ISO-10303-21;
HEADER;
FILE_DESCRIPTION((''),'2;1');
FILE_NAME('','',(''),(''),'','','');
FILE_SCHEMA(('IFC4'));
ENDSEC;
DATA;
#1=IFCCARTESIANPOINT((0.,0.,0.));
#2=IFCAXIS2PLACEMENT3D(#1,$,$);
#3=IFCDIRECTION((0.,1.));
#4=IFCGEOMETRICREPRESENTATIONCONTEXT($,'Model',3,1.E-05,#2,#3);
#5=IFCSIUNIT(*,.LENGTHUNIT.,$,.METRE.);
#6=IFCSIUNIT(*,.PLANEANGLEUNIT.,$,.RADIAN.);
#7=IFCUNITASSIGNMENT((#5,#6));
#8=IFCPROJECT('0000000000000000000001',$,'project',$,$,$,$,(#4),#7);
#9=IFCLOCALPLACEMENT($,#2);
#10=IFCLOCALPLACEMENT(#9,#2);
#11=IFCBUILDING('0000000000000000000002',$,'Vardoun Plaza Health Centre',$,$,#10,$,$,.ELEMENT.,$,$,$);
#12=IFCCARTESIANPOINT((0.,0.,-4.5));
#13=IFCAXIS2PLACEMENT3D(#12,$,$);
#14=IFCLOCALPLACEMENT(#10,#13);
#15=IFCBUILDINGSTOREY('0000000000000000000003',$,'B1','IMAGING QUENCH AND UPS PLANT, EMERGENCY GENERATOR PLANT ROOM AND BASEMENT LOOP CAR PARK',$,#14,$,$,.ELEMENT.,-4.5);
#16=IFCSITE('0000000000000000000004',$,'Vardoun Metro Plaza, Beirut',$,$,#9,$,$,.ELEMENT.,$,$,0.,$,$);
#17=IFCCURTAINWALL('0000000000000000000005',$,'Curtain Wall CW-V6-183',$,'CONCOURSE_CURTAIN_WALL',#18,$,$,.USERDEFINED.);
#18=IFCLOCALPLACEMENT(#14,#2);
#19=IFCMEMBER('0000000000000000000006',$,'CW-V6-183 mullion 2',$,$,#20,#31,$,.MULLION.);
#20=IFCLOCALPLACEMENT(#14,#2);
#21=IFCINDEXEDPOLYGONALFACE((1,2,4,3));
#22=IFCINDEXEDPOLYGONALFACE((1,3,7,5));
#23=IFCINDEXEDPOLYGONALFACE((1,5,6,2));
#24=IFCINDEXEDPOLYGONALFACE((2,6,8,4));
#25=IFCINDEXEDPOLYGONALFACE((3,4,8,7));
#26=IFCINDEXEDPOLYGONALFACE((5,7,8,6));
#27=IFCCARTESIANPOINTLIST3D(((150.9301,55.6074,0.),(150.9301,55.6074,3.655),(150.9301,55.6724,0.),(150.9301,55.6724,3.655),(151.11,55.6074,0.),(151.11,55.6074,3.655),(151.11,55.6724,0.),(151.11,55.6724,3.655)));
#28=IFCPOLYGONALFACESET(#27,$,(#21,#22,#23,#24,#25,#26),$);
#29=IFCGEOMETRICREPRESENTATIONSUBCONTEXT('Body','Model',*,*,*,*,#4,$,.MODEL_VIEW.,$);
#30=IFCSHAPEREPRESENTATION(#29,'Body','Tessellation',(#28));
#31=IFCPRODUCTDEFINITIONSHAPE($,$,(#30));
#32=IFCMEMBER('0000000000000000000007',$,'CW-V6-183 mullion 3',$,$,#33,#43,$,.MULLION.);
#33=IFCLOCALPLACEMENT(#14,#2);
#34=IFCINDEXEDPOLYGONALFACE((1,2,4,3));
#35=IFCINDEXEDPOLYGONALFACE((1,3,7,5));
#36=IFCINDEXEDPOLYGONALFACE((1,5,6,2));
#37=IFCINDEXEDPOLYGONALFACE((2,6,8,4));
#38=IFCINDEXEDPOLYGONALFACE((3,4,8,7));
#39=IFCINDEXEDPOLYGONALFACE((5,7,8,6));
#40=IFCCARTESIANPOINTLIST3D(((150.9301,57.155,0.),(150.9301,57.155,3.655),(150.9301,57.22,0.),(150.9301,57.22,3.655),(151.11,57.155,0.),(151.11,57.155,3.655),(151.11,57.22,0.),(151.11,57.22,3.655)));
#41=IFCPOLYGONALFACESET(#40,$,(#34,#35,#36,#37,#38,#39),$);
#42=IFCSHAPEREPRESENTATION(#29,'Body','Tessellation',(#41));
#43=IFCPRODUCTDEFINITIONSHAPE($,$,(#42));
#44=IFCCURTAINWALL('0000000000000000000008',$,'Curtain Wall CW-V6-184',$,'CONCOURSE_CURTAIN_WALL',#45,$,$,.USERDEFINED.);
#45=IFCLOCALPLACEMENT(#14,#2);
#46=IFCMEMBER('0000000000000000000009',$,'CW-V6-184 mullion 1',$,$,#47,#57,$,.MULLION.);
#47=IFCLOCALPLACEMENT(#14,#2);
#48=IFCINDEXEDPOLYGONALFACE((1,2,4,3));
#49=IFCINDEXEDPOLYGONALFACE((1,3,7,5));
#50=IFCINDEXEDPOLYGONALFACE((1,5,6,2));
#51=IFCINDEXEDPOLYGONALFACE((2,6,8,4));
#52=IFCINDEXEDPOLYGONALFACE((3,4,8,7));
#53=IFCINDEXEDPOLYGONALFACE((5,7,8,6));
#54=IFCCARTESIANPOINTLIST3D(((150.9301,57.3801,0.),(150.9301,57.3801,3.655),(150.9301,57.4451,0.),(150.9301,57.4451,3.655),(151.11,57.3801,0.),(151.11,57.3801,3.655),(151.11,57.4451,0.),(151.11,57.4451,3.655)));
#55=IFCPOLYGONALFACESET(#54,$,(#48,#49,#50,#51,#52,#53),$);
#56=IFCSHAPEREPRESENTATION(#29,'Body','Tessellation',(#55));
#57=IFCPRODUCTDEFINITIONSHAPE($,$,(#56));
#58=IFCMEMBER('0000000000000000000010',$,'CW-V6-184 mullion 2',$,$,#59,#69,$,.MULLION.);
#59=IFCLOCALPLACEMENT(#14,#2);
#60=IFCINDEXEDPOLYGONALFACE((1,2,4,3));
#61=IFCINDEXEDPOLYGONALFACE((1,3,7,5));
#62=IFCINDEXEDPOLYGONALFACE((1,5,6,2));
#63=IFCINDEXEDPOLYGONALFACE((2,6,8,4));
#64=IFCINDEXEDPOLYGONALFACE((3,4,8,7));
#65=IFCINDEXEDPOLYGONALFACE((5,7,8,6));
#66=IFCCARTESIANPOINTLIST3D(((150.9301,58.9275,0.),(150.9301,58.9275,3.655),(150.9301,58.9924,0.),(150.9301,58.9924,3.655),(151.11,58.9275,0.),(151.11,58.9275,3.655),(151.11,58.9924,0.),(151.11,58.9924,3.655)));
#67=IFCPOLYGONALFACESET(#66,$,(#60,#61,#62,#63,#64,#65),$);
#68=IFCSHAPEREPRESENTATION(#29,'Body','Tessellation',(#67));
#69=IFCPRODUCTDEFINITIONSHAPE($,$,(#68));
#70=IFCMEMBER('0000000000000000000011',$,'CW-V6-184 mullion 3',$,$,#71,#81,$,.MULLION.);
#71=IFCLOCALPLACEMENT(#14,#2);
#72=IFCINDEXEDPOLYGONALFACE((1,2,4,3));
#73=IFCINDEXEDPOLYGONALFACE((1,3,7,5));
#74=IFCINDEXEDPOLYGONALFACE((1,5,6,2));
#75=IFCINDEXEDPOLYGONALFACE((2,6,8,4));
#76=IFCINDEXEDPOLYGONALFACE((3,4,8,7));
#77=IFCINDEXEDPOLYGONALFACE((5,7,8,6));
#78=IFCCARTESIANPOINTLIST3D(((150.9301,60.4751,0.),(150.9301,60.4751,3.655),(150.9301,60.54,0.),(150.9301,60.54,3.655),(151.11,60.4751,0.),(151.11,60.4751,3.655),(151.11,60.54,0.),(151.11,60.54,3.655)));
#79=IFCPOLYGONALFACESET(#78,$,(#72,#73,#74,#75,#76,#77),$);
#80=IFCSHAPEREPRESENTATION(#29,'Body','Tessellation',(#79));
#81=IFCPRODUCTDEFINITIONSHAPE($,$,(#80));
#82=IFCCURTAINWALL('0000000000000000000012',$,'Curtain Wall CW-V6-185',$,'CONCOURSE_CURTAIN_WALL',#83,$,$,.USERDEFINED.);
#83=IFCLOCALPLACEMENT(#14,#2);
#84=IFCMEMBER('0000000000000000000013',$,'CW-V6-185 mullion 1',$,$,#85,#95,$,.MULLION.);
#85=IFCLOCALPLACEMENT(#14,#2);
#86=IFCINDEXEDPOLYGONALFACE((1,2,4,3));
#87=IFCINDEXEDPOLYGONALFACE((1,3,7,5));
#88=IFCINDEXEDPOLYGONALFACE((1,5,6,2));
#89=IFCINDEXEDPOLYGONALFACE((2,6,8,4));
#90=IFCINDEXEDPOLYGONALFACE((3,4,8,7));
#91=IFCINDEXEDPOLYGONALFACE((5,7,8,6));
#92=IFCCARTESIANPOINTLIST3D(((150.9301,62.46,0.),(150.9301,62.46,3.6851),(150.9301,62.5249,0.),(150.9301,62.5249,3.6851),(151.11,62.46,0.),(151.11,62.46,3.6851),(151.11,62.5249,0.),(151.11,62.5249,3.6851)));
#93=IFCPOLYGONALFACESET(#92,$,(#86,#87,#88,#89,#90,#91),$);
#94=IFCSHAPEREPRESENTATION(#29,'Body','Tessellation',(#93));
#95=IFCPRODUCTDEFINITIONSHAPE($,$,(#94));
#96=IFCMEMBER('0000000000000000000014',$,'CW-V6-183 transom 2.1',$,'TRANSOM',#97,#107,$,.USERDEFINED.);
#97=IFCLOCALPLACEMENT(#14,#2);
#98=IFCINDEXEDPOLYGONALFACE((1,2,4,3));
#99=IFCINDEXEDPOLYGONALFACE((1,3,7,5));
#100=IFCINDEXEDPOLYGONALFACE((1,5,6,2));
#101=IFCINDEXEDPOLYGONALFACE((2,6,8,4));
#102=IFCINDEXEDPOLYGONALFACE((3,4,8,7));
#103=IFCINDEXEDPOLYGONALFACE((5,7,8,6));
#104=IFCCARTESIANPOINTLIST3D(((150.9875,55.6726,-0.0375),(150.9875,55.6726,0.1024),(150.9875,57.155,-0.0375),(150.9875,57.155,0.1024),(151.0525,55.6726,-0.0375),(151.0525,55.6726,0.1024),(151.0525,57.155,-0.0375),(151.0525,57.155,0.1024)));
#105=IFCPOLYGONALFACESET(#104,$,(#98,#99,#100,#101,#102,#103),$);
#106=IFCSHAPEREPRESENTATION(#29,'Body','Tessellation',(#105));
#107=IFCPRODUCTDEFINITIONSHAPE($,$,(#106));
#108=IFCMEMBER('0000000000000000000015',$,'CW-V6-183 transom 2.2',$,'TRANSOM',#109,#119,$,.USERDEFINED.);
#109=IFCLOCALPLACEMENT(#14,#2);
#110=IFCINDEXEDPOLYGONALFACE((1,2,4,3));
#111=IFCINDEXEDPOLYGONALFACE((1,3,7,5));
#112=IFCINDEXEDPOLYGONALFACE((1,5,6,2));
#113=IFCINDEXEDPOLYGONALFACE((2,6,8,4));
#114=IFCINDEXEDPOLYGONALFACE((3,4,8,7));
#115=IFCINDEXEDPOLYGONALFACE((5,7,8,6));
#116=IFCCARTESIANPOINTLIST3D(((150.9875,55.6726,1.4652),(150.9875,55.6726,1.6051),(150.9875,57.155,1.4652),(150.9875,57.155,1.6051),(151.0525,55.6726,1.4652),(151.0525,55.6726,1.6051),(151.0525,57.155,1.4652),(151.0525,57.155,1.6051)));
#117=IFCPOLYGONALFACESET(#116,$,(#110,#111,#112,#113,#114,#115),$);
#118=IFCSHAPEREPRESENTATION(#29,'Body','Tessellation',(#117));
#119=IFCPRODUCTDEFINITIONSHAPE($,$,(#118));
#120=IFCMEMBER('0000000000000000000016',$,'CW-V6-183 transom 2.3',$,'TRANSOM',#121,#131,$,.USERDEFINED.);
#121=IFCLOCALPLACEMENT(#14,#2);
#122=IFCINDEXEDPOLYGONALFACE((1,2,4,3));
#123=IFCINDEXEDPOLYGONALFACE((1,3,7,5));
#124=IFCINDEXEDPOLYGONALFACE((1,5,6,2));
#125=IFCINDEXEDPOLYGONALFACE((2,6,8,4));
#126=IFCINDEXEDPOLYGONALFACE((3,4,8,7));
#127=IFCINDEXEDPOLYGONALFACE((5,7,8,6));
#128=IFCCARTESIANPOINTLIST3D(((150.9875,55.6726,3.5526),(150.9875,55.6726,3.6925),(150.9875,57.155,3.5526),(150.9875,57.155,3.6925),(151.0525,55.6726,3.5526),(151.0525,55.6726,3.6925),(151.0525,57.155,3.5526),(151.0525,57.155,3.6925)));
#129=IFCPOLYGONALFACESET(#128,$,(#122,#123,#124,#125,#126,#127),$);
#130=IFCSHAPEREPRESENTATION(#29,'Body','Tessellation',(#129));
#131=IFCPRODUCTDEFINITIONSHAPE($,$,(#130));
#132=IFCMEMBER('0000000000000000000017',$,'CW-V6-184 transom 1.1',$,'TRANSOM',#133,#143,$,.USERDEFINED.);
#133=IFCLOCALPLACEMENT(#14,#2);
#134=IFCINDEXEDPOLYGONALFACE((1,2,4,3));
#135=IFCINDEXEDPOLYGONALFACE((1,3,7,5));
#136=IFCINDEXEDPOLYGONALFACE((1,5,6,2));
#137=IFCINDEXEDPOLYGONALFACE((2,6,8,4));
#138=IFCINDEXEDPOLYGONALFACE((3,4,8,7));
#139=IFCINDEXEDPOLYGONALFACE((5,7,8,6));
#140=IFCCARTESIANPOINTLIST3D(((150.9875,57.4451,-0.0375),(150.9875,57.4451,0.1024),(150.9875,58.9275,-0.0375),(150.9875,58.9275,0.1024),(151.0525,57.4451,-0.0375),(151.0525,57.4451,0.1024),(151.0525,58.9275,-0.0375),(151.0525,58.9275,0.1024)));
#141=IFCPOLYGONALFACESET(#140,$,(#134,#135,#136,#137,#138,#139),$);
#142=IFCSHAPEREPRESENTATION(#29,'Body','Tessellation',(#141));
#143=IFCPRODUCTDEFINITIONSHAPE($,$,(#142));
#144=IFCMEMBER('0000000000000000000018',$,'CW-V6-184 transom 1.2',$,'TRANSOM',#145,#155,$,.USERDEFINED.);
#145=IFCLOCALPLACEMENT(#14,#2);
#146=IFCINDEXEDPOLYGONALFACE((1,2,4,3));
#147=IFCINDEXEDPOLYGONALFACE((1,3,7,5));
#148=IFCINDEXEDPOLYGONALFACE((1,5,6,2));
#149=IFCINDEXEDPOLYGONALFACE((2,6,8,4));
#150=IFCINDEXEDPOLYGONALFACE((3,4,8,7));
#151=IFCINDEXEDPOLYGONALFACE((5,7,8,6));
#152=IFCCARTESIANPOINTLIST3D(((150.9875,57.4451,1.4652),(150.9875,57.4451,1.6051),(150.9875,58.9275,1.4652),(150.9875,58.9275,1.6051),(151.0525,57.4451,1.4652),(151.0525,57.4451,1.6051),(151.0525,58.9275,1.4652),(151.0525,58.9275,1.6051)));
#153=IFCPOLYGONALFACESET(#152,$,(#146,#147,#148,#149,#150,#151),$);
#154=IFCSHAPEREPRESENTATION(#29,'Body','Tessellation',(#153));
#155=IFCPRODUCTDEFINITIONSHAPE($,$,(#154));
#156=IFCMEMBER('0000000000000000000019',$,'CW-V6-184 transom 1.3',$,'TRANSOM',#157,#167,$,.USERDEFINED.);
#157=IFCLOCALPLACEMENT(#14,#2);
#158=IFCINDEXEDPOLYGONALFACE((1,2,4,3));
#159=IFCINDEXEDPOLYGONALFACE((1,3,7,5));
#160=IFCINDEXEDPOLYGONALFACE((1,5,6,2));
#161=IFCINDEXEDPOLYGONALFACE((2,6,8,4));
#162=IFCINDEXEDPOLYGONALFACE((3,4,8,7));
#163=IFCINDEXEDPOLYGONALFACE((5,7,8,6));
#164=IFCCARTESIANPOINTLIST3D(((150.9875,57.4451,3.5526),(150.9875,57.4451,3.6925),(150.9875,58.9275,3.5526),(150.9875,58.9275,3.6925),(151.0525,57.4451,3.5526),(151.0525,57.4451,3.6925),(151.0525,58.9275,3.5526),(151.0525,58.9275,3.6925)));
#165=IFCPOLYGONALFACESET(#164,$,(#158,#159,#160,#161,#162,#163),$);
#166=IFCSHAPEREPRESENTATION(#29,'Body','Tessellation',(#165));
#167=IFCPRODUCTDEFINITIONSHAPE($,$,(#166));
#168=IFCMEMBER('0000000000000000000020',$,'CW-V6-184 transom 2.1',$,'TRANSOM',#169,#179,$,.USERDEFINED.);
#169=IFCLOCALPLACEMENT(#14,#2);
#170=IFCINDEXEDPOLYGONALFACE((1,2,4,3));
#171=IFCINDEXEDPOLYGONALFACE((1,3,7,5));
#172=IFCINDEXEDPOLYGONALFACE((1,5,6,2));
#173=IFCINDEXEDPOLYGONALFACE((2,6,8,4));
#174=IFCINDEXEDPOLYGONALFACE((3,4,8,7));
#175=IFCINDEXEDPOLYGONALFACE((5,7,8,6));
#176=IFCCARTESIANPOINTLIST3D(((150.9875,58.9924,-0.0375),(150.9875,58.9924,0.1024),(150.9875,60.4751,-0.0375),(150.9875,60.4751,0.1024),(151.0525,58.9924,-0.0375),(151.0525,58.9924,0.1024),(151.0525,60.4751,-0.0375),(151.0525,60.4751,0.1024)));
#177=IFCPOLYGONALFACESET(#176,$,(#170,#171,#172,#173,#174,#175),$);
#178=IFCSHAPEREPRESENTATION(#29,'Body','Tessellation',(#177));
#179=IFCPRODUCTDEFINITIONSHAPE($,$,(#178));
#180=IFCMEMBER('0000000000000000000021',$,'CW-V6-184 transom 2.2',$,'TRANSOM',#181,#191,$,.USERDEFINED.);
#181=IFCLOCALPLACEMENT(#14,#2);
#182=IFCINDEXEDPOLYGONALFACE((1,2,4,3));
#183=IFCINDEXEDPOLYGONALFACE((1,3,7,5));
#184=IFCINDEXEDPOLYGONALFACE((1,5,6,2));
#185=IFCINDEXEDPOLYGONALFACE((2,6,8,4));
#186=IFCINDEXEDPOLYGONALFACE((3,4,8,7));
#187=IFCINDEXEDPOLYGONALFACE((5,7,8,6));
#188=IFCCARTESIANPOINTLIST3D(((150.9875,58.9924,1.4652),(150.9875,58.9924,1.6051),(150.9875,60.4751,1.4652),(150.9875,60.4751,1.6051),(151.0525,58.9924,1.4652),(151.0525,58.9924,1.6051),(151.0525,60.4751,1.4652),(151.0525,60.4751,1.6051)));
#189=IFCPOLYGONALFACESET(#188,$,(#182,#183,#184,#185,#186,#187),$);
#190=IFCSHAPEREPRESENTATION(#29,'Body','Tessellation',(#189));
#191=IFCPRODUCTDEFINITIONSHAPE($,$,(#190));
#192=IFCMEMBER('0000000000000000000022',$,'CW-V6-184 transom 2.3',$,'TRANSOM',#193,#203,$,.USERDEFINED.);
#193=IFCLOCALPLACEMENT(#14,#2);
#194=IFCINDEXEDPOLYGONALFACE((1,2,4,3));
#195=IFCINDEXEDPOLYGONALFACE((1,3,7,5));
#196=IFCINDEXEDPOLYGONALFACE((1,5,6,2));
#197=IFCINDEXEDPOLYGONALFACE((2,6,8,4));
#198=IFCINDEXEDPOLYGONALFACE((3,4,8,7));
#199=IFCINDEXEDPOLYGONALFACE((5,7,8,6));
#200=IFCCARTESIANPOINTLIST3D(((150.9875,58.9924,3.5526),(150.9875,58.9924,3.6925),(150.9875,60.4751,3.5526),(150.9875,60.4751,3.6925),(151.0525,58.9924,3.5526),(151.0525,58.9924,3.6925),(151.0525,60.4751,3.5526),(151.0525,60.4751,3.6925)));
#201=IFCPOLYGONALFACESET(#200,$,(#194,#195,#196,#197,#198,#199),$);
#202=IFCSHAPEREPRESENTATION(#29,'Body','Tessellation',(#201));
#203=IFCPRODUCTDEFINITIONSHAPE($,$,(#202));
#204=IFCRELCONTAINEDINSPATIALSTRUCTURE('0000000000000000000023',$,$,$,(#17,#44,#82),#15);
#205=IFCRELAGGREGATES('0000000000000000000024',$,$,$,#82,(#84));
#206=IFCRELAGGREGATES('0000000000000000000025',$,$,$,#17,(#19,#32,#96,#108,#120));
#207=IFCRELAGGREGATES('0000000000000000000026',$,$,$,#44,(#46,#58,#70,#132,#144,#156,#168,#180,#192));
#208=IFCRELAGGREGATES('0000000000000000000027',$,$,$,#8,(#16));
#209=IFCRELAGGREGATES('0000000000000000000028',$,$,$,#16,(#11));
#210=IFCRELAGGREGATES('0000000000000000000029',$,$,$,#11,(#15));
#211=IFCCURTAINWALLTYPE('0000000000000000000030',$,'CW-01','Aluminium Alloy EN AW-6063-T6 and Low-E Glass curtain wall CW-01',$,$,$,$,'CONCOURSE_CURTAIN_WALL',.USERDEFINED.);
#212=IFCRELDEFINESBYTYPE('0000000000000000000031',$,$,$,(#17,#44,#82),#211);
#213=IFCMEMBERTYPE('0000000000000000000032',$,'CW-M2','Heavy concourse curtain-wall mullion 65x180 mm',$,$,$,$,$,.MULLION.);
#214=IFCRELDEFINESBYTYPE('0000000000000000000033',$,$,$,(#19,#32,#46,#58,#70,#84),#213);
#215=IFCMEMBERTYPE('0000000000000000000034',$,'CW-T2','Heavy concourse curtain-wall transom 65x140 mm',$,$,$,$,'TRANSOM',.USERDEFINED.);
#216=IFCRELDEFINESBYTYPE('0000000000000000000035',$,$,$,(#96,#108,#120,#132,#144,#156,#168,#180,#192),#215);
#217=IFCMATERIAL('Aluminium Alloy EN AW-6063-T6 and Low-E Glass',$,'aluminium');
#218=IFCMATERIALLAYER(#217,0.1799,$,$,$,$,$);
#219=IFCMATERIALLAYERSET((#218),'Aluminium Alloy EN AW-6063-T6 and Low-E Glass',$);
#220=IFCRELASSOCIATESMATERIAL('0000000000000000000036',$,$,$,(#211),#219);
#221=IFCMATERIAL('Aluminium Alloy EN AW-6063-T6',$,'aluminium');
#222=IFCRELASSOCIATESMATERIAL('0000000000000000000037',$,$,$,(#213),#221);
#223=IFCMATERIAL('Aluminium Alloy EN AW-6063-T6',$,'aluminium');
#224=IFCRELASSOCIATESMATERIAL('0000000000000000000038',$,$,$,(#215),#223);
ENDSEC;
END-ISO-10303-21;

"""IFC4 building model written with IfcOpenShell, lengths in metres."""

from ifc_helpers import new_model, si_unit, direction, frame, origin, origin_2d, place, context, subcontext, project, spatial, rectangle, extrude, material, layer, layer_set, material_profile, profile_set, type_object, element, aggregate, save


model = new_model("IFC4")

# Units and contexts
model_context = context("Model", 3, precision=1e-05, world=origin(), true_north=direction((0.0, 1.0)))
body_context = subcontext(model_context, "Body", "Model", "MODEL_VIEW")
ifc_project = project(units=[si_unit("LENGTHUNIT", "METRE"), si_unit("PLANEANGLEUNIT", "RADIAN")], contexts=[model_context])

# Site, building, storey
site_placement = place(None, origin())
site = spatial("IfcSite", under=ifc_project, at=site_placement, Name="Vardoun Metro Plaza, Beirut", CompositionType="ELEMENT", RefElevation=0.0)
building_placement = place(site_placement, origin())
building = spatial("IfcBuilding", under=site, at=building_placement, Name="Vardoun Plaza Health Centre", CompositionType="ELEMENT")
storey_placement = place(building_placement, frame((0.0, 0.0, -4.5)))
storey = spatial("IfcBuildingStorey", under=building, at=storey_placement, Name="B1", Description="IMAGING QUENCH AND UPS PLANT, EMERGENCY GENERATOR PLANT ROOM AND BASEMENT LOOP CAR PARK", CompositionType="ELEMENT", Elevation=-4.5)

# Curtain walls, members
ifc_material_1 = material(Name="Aluminium Alloy EN AW-6063-T6 and Low-E Glass", Category="aluminium")
ifc_layer_1 = layer(ifc_material_1, 0.1799)
ifc_layer_set_1 = layer_set([ifc_layer_1], Name="Aluminium Alloy EN AW-6063-T6 and Low-E Glass")
curtain_wall_type = type_object("IfcCurtainWallType", Name="CW-01", Description="Aluminium Alloy EN AW-6063-T6 and Low-E Glass curtain wall CW-01", ElementType="CONCOURSE_CURTAIN_WALL", PredefinedType="USERDEFINED", material=ifc_layer_set_1)
curtain_wall_1_placement = place(storey_placement, origin())
curtain_wall_1 = element("IfcCurtainWall", 1, at=curtain_wall_1_placement, inside=storey, type_object=curtain_wall_type, Name="Curtain Wall CW-V6-183", ObjectType="CONCOURSE_CURTAIN_WALL", PredefinedType="USERDEFINED")
ifc_material_2 = material(Name="Aluminium Alloy EN AW-6063-T6", Category="aluminium")
ifc_material_profile_1 = material_profile(ifc_material_2, rectangle(XDim=0.1799, YDim=0.0649, at=origin_2d()), Name="CWM 65x180")
ifc_profile_set_1 = profile_set([ifc_material_profile_1], Name="Aluminium Alloy EN AW-6063-T6")
member_type_1 = type_object("IfcMemberType", Name="CW-M2", Description="Heavy concourse curtain-wall mullion 65x180 mm", PredefinedType="MULLION", material=ifc_profile_set_1)
member_1_placement = place(storey_placement, frame((151.02, 55.6399, 0.0), z_axis=(0.0, 0.0, 1.0), x_axis=(-1.0, 0.0, 0.0)))
member_1 = element("IfcMember", 2, at=member_1_placement, type_object=member_type_1, Name="CW-V6-183 mullion 2", PredefinedType="MULLION", context=body_context, shape_type="SweptSolid", body=[
    extrude(rectangle(XDim=0.1799, YDim=0.0649, at=origin_2d()), origin(), (0.0, 0.0, 1.0), 3.655),
])
member_2_placement = place(storey_placement, frame((151.02, 57.1875, 0.0), z_axis=(0.0, 0.0, 1.0), x_axis=(-1.0, 0.0, 0.0)))
member_2 = element("IfcMember", 3, at=member_2_placement, type_object=member_type_1, Name="CW-V6-183 mullion 3", PredefinedType="MULLION", context=body_context, shape_type="SweptSolid", body=[
    extrude(rectangle(XDim=0.1799, YDim=0.0649, at=origin_2d()), origin(), (0.0, 0.0, 1.0), 3.655),
])
curtain_wall_2_placement = place(storey_placement, origin())
curtain_wall_2 = element("IfcCurtainWall", 4, at=curtain_wall_2_placement, inside=storey, type_object=curtain_wall_type, Name="Curtain Wall CW-V6-184", ObjectType="CONCOURSE_CURTAIN_WALL", PredefinedType="USERDEFINED")
member_3_placement = place(storey_placement, frame((151.02, 57.4126, 0.0), z_axis=(0.0, 0.0, 1.0), x_axis=(-1.0, 0.0, 0.0)))
member_3 = element("IfcMember", 5, at=member_3_placement, type_object=member_type_1, Name="CW-V6-184 mullion 1", PredefinedType="MULLION", context=body_context, shape_type="SweptSolid", body=[
    extrude(rectangle(XDim=0.1799, YDim=0.0649, at=origin_2d()), origin(), (0.0, 0.0, 1.0), 3.655),
])
member_4_placement = place(storey_placement, frame((151.02, 58.96, 0.0), z_axis=(0.0, 0.0, 1.0), x_axis=(-1.0, 0.0, 0.0)))
member_4 = element("IfcMember", 6, at=member_4_placement, type_object=member_type_1, Name="CW-V6-184 mullion 2", PredefinedType="MULLION", context=body_context, shape_type="SweptSolid", body=[
    extrude(rectangle(XDim=0.1799, YDim=0.0649, at=origin_2d()), origin(), (0.0, 0.0, 1.0), 3.655),
])
member_5_placement = place(storey_placement, frame((151.02, 60.5076, 0.0), z_axis=(0.0, 0.0, 1.0), x_axis=(-1.0, 0.0, 0.0)))
member_5 = element("IfcMember", 7, at=member_5_placement, type_object=member_type_1, Name="CW-V6-184 mullion 3", PredefinedType="MULLION", context=body_context, shape_type="SweptSolid", body=[
    extrude(rectangle(XDim=0.1799, YDim=0.0649, at=origin_2d()), origin(), (0.0, 0.0, 1.0), 3.655),
])

# Curtain wall, member
curtain_wall_3_placement = place(storey_placement, origin())
curtain_wall_3 = element("IfcCurtainWall", 8, at=curtain_wall_3_placement, inside=storey, type_object=curtain_wall_type, Name="Curtain Wall CW-V6-185", ObjectType="CONCOURSE_CURTAIN_WALL", PredefinedType="USERDEFINED")
member_6_placement = place(storey_placement, frame((151.02, 62.4924, 0.0), z_axis=(0.0, 0.0, 1.0), x_axis=(-1.0, 0.0, 0.0)))
member_6 = element("IfcMember", 9, at=member_6_placement, type_object=member_type_1, Name="CW-V6-185 mullion 1", PredefinedType="MULLION", context=body_context, shape_type="SweptSolid", body=[
    extrude(rectangle(XDim=0.1799, YDim=0.0649, at=origin_2d()), origin(), (0.0, 0.0, 1.0), 3.6851),
])

# Members
ifc_material_3 = material(Name="Aluminium Alloy EN AW-6063-T6", Category="aluminium")
ifc_material_profile_2 = material_profile(ifc_material_3, rectangle(XDim=0.0649, YDim=0.1399, at=origin_2d()), Name="CWT 65x140")
ifc_profile_set_2 = profile_set([ifc_material_profile_2], Name="Aluminium Alloy EN AW-6063-T6")
member_type_2 = type_object("IfcMemberType", Name="CW-T2", Description="Heavy concourse curtain-wall transom 65x140 mm", ElementType="TRANSOM", PredefinedType="USERDEFINED", material=ifc_profile_set_2)
member_7_placement = place(storey_placement, frame((151.02, 55.6726, 0.0325), z_axis=(0.0, 1.0, 0.0), x_axis=(-1.0, 0.0, 0.0)))
member_7 = element("IfcMember", 10, at=member_7_placement, type_object=member_type_2, Name="CW-V6-183 transom 2.1", ObjectType="TRANSOM", PredefinedType="USERDEFINED", context=body_context, shape_type="SweptSolid", body=[
    extrude(rectangle(XDim=0.0649, YDim=0.1399, at=origin_2d()), origin(), (0.0, 0.0, 1.0), 1.4824),
])
member_8_placement = place(storey_placement, frame((151.02, 55.6726, 1.5352), z_axis=(0.0, 1.0, 0.0), x_axis=(-1.0, 0.0, 0.0)))
member_8 = element("IfcMember", 11, at=member_8_placement, type_object=member_type_2, Name="CW-V6-183 transom 2.2", ObjectType="TRANSOM", PredefinedType="USERDEFINED", context=body_context, shape_type="SweptSolid", body=[
    extrude(rectangle(XDim=0.0649, YDim=0.1399, at=origin_2d()), origin(), (0.0, 0.0, 1.0), 1.4824),
])
member_9_placement = place(storey_placement, frame((151.02, 55.6726, 3.6226), z_axis=(0.0, 1.0, 0.0), x_axis=(-1.0, 0.0, 0.0)))
member_9 = element("IfcMember", 12, at=member_9_placement, type_object=member_type_2, Name="CW-V6-183 transom 2.3", ObjectType="TRANSOM", PredefinedType="USERDEFINED", context=body_context, shape_type="SweptSolid", body=[
    extrude(rectangle(XDim=0.0649, YDim=0.1399, at=origin_2d()), origin(), (0.0, 0.0, 1.0), 1.4824),
])
member_10_placement = place(storey_placement, frame((151.02, 57.4451, 0.0325), z_axis=(0.0, 1.0, 0.0), x_axis=(-1.0, 0.0, 0.0)))
member_10 = element("IfcMember", 13, at=member_10_placement, type_object=member_type_2, Name="CW-V6-184 transom 1.1", ObjectType="TRANSOM", PredefinedType="USERDEFINED", context=body_context, shape_type="SweptSolid", body=[
    extrude(rectangle(XDim=0.0649, YDim=0.1399, at=origin_2d()), origin(), (0.0, 0.0, 1.0), 1.4824),
])
member_11_placement = place(storey_placement, frame((151.02, 57.4451, 1.5352), z_axis=(0.0, 1.0, 0.0), x_axis=(-1.0, 0.0, 0.0)))
member_11 = element("IfcMember", 14, at=member_11_placement, type_object=member_type_2, Name="CW-V6-184 transom 1.2", ObjectType="TRANSOM", PredefinedType="USERDEFINED", context=body_context, shape_type="SweptSolid", body=[
    extrude(rectangle(XDim=0.0649, YDim=0.1399, at=origin_2d()), origin(), (0.0, 0.0, 1.0), 1.4824),
])
member_12_placement = place(storey_placement, frame((151.02, 57.4451, 3.6226), z_axis=(0.0, 1.0, 0.0), x_axis=(-1.0, 0.0, 0.0)))
member_12 = element("IfcMember", 15, at=member_12_placement, type_object=member_type_2, Name="CW-V6-184 transom 1.3", ObjectType="TRANSOM", PredefinedType="USERDEFINED", context=body_context, shape_type="SweptSolid", body=[
    extrude(rectangle(XDim=0.0649, YDim=0.1399, at=origin_2d()), origin(), (0.0, 0.0, 1.0), 1.4824),
])
member_13_placement = place(storey_placement, frame((151.02, 58.9924, 0.0325), z_axis=(0.0, 1.0, 0.0), x_axis=(-1.0, 0.0, 0.0)))
member_13 = element("IfcMember", 16, at=member_13_placement, type_object=member_type_2, Name="CW-V6-184 transom 2.1", ObjectType="TRANSOM", PredefinedType="USERDEFINED", context=body_context, shape_type="SweptSolid", body=[
    extrude(rectangle(XDim=0.0649, YDim=0.1399, at=origin_2d()), origin(), (0.0, 0.0, 1.0), 1.4827),
])
member_14_placement = place(storey_placement, frame((151.02, 58.9924, 1.5352), z_axis=(0.0, 1.0, 0.0), x_axis=(-1.0, 0.0, 0.0)))
member_14 = element("IfcMember", 17, at=member_14_placement, type_object=member_type_2, Name="CW-V6-184 transom 2.2", ObjectType="TRANSOM", PredefinedType="USERDEFINED", context=body_context, shape_type="SweptSolid", body=[
    extrude(rectangle(XDim=0.0649, YDim=0.1399, at=origin_2d()), origin(), (0.0, 0.0, 1.0), 1.4827),
])
member_15_placement = place(storey_placement, frame((151.02, 58.9924, 3.6226), z_axis=(0.0, 1.0, 0.0), x_axis=(-1.0, 0.0, 0.0)))
member_15 = element("IfcMember", 18, at=member_15_placement, type_object=member_type_2, Name="CW-V6-184 transom 2.3", ObjectType="TRANSOM", PredefinedType="USERDEFINED", context=body_context, shape_type="SweptSolid", body=[
    extrude(rectangle(XDim=0.0649, YDim=0.1399, at=origin_2d()), origin(), (0.0, 0.0, 1.0), 1.4827),
])
aggregate(curtain_wall_3, [member_6])

aggregate(curtain_wall_1, [member_1, member_2, member_7, member_8, member_9])
aggregate(curtain_wall_2, [member_3, member_4, member_5, member_10, member_11, member_12, member_13, member_14, member_15])

save(model, "model.ifc")
